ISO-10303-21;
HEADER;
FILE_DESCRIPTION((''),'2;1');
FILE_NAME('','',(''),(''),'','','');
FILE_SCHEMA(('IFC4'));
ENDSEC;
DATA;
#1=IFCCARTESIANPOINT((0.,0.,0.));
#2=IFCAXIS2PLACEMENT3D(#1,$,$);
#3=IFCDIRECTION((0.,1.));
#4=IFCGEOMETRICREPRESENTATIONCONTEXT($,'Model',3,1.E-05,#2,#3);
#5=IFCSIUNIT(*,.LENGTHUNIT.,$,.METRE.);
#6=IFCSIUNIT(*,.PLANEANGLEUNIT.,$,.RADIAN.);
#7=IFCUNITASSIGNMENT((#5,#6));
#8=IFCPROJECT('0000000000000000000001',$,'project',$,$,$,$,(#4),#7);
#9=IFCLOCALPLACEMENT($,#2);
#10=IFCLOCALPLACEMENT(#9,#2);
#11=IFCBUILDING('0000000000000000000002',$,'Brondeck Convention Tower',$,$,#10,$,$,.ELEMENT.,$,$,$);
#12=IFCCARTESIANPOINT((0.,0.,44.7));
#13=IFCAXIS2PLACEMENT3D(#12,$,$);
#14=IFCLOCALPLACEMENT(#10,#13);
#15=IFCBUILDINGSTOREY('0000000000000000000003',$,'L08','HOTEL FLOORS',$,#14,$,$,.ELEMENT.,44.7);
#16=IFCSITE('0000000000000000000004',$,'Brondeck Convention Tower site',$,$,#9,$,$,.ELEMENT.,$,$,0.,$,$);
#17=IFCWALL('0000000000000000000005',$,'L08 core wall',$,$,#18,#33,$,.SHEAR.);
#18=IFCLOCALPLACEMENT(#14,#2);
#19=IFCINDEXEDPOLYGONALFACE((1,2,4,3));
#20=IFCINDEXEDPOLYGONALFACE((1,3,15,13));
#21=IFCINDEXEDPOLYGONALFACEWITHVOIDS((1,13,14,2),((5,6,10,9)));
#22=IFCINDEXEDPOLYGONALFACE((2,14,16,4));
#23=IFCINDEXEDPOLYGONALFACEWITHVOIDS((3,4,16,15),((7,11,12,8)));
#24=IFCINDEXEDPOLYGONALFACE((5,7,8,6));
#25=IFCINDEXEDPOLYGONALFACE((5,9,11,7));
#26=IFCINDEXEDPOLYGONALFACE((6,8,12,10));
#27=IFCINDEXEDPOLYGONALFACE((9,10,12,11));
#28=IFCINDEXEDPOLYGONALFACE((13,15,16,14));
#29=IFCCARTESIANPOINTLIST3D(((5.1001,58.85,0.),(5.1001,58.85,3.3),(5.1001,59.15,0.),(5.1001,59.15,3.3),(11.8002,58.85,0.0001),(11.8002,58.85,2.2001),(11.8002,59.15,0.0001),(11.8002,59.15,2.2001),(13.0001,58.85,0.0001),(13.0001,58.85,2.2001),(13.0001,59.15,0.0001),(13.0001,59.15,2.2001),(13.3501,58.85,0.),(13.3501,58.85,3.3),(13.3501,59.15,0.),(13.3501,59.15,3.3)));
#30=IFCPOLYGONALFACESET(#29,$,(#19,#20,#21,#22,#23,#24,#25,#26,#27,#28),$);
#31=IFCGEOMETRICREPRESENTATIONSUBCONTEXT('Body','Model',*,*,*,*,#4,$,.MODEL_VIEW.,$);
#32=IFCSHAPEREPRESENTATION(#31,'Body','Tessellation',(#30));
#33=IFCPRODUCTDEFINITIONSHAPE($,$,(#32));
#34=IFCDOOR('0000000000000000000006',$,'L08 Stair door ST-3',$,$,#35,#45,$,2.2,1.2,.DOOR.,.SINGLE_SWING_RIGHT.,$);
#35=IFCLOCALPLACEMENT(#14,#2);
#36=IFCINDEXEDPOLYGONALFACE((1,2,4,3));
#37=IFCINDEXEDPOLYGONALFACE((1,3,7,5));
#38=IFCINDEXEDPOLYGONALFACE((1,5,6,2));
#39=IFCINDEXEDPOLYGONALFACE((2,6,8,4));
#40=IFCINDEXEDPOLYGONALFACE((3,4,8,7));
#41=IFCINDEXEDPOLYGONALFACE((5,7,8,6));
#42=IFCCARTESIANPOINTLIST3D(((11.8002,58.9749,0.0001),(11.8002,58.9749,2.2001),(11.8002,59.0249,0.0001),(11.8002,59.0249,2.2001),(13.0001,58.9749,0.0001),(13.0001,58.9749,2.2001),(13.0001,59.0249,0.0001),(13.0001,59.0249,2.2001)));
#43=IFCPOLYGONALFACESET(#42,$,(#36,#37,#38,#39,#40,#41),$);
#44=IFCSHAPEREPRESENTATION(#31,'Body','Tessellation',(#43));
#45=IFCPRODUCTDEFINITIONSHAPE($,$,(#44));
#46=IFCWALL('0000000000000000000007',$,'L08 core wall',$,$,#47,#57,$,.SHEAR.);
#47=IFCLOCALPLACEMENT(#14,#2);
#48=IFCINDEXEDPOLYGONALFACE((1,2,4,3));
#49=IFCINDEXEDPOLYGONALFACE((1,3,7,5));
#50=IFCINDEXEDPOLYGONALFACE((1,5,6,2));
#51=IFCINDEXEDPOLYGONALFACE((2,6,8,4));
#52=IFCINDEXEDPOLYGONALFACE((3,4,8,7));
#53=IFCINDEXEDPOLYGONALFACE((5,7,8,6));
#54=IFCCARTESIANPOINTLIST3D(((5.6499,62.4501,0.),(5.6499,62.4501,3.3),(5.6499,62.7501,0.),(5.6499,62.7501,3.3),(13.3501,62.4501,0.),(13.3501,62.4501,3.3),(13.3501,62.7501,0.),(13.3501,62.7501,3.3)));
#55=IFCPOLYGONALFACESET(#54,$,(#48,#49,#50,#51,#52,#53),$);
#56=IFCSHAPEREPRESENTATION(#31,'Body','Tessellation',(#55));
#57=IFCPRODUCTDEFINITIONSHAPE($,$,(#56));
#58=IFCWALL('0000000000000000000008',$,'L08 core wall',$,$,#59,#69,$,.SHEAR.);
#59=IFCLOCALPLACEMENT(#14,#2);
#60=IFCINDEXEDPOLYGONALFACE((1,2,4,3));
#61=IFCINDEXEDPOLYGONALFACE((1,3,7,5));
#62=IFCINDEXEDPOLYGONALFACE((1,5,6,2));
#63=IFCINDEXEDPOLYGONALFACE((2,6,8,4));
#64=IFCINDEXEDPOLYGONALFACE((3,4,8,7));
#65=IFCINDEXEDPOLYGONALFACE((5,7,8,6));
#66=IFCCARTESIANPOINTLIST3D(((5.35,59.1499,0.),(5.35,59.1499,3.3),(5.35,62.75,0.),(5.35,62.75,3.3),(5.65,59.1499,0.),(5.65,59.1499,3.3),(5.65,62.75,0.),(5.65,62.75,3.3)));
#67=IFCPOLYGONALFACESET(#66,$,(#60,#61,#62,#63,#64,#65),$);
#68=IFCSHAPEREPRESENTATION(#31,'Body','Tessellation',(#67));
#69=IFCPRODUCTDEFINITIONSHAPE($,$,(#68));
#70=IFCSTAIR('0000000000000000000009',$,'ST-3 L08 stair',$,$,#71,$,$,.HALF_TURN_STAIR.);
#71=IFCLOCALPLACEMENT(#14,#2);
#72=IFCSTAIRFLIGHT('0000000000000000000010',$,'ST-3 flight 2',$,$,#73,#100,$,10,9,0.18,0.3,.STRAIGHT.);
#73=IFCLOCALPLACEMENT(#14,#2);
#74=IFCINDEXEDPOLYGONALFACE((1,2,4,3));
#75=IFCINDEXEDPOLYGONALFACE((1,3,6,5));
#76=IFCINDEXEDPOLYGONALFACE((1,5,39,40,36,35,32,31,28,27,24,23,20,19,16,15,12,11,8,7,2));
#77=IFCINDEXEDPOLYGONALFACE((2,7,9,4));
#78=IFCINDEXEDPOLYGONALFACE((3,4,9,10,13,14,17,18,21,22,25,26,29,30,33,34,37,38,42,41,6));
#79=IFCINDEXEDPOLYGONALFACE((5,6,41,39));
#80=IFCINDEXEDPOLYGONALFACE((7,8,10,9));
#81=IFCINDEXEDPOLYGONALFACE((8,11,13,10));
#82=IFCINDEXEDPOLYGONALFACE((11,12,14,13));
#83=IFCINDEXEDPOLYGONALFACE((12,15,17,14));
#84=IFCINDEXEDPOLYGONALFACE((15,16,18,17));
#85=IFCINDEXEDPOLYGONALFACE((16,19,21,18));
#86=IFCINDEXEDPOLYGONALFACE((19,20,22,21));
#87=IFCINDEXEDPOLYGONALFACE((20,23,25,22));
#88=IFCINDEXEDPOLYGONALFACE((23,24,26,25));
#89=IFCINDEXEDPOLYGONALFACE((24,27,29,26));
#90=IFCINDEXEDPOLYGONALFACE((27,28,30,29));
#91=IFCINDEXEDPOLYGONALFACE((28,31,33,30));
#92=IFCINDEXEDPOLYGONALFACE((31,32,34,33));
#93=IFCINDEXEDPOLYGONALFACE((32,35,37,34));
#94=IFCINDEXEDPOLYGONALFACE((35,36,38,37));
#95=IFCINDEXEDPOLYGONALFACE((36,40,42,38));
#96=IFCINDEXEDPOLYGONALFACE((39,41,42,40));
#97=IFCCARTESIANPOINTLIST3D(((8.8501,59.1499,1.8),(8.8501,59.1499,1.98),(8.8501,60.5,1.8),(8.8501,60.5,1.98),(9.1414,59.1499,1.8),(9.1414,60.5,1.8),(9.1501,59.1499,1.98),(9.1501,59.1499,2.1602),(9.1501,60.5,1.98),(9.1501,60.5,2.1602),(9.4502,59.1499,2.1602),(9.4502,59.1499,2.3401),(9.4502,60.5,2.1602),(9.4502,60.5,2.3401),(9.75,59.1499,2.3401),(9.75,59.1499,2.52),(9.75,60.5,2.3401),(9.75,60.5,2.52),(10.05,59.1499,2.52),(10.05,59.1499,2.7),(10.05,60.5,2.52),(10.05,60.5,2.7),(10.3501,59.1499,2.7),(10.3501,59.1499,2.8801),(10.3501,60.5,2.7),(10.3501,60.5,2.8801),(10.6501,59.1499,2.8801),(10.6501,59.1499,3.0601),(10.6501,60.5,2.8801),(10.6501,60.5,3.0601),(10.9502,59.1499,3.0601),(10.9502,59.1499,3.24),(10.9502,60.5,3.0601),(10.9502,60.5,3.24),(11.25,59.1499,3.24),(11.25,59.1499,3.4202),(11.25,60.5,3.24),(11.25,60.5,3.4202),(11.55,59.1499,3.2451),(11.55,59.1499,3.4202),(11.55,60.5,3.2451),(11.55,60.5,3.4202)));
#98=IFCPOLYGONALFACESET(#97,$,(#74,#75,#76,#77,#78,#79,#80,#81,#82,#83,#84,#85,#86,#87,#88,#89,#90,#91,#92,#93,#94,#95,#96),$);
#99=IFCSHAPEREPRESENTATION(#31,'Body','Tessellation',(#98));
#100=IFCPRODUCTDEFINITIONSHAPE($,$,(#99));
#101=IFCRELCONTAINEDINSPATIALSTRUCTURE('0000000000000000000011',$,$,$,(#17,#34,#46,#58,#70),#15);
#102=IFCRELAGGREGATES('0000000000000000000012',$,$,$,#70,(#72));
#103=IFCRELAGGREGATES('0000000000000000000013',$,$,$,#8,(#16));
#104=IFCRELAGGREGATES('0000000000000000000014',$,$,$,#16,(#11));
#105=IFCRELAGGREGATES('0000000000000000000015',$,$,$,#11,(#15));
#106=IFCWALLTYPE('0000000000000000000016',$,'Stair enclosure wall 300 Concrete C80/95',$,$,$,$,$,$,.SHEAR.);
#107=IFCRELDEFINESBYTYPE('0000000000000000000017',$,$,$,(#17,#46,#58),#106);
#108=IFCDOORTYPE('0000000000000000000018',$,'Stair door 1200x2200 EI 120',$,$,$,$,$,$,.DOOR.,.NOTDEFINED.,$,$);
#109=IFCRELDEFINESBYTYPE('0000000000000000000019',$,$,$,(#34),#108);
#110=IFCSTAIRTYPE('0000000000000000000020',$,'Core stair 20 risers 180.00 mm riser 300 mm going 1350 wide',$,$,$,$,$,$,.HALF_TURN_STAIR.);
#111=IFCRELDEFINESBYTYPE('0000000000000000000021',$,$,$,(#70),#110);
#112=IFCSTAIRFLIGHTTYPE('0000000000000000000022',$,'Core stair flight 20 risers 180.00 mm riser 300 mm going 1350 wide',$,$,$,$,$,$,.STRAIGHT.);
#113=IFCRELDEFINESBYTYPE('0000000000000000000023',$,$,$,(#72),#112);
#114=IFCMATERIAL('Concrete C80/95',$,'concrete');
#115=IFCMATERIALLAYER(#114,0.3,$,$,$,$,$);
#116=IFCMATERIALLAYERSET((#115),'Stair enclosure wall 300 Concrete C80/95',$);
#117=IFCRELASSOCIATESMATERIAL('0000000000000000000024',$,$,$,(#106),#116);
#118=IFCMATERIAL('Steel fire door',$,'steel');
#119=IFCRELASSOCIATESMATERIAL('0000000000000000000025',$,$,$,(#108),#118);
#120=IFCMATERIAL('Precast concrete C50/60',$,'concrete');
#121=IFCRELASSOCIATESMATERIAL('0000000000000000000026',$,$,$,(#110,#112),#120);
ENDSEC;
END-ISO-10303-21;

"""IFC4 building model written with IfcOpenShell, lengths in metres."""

from ifc_helpers import new_model, si_unit, direction, frame, frame_2d, origin, place, context, subcontext, project, spatial, polyline, rectangle, outline, extrude, material, layer, layer_set, type_object, element, fill, aggregate, save


model = new_model("IFC4")

# Units and contexts
model_context = context("Model", 3, precision=1e-05, world=origin(), true_north=direction((0.0, 1.0)))
body_context = subcontext(model_context, "Body", "Model", "MODEL_VIEW")
ifc_project = project(units=[si_unit("LENGTHUNIT", "METRE"), si_unit("PLANEANGLEUNIT", "RADIAN")], contexts=[model_context])

# Site, building, storey
site_placement = place(None, origin())
site = spatial("IfcSite", under=ifc_project, at=site_placement, Name="Brondeck Convention Tower site", CompositionType="ELEMENT", RefElevation=0.0)
building_placement = place(site_placement, origin())
building = spatial("IfcBuilding", under=site, at=building_placement, Name="Brondeck Convention Tower", CompositionType="ELEMENT")
storey_placement = place(building_placement, frame((0.0, 0.0, 44.7)))
storey = spatial("IfcBuildingStorey", under=building, at=storey_placement, Name="L08", Description="HOTEL FLOORS", CompositionType="ELEMENT", Elevation=44.7)

# Shared definitions
ifc_material_1 = material(Name="Concrete C80/95", Category="concrete")

# Shared definitions
ifc_material_2 = material(Name="Steel fire door", Category="steel")

# Wall, opening, door
ifc_layer_1 = layer(ifc_material_1, 0.3)
ifc_layer_set_1 = layer_set([ifc_layer_1], Name="Stair enclosure wall 300 Concrete C80/95")
wall_type_1 = type_object("IfcWallType", Name="Stair enclosure wall 300 Concrete C80/95", PredefinedType="SHEAR", material=ifc_layer_set_1)
wall_1_placement = place(storey_placement, frame((5.1001, 59.0, 0.0), z_axis=(0.0, 0.0, 1.0), x_axis=(1.0, 0.0, 0.0)))
wall_1 = element("IfcWall", 1, at=wall_1_placement, inside=storey, type_object=wall_type_1, Name="L08 core wall", PredefinedType="SHEAR", context=body_context, shape_type="SweptSolid", body=[
    extrude(rectangle(XDim=8.25, YDim=0.3, at=frame_2d((4.125, 0.0))), origin(), (0.0, 0.0, 1.0), 3.3),
])
opening_1_placement = place(wall_1_placement, frame((6.7, 0.0, 0.0)))
opening_1 = element("IfcOpeningElement", 2, at=opening_1_placement, cuts=wall_1, PredefinedType="OPENING", context=body_context, shape_type="SweptSolid", body=[
    extrude(rectangle(XDim=1.2, YDim=2.2, at=frame_2d((0.6001, 1.1001))), frame((0.0, 0.1599, 0.0), z_axis=(0.0, -1.0, 0.0), x_axis=(1.0, 0.0, 0.0)), (0.0, 0.0, 1.0), 0.3201),
])
door_type_1 = type_object("IfcDoorType", Name="Stair door 1200x2200 EI 120", OperationType="NOTDEFINED", PredefinedType="DOOR", material=ifc_material_2)
door_1_placement = place(opening_1_placement, origin())
door_1 = element("IfcDoor", 3, at=door_1_placement, inside=storey, type_object=door_type_1, Name="L08 Stair door ST-3", OperationType="SINGLE_SWING_RIGHT", OverallHeight=2.2, OverallWidth=1.2, PredefinedType="DOOR", context=body_context, shape_type="SweptSolid", body=[
    extrude(rectangle(XDim=1.2, YDim=2.2, at=frame_2d((0.6001, 1.1001))), frame((0.0, 0.0249, 0.0), z_axis=(0.0, -1.0, 0.0), x_axis=(1.0, 0.0, 0.0)), (0.0, 0.0, 1.0), 0.05),
])
fill(opening_1, door_1)

# Walls
wall_2_placement = place(storey_placement, frame((5.6499, 62.6001, 0.0), z_axis=(0.0, 0.0, 1.0), x_axis=(1.0, 0.0, 0.0)))
element("IfcWall", 4, at=wall_2_placement, inside=storey, type_object=wall_type_1, Name="L08 core wall", PredefinedType="SHEAR", context=body_context, shape_type="SweptSolid", body=[
    extrude(rectangle(XDim=7.7002, YDim=0.3, at=frame_2d((3.8501, 0.0))), origin(), (0.0, 0.0, 1.0), 3.3),
])
wall_3_placement = place(storey_placement, frame((5.5, 59.1499, 0.0), z_axis=(0.0, 0.0, 1.0), x_axis=(0.0, 1.0, 0.0)))
element("IfcWall", 5, at=wall_3_placement, inside=storey, type_object=wall_type_1, Name="L08 core wall", PredefinedType="SHEAR", context=body_context, shape_type="SweptSolid", body=[
    extrude(rectangle(XDim=3.6001, YDim=0.3, at=frame_2d((1.8, 0.0))), origin(), (0.0, 0.0, 1.0), 3.3),
])

# Stair, stair flight
ifc_material_3 = material(Name="Precast concrete C50/60", Category="concrete")
stair_type = type_object("IfcStairType", Name="Core stair 20 risers 180.00 mm riser 300 mm going 1350 wide", PredefinedType="HALF_TURN_STAIR", material=ifc_material_3)
stair_placement = place(storey_placement, origin())
stair = element("IfcStair", 6, at=stair_placement, inside=storey, type_object=stair_type, Name="ST-3 L08 stair", PredefinedType="HALF_TURN_STAIR")
stair_flight_type = type_object("IfcStairFlightType", Name="Core stair flight 20 risers 180.00 mm riser 300 mm going 1350 wide", PredefinedType="STRAIGHT", material=ifc_material_3)
stair_flight_placement = place(storey_placement, frame((8.8501, 59.825, 1.8), z_axis=(0.0, 0.0, 1.0), x_axis=(1.0, 0.0, 0.0)))
stair_flight = element("IfcStairFlight", 7, at=stair_flight_placement, type_object=stair_flight_type, Name="ST-3 flight 2", NumberOfRisers=10, NumberOfTreads=9, PredefinedType="STRAIGHT", RiserHeight=0.18, TreadLength=0.3, context=body_context, shape_type="SweptSolid", body=[
    extrude(outline(polyline([(0.0, 0.0), (0.0, 0.1799), (0.3, 0.1799), (0.3, 0.3601), (0.6001, 0.3601), (0.6001, 0.54), (0.8999, 0.54), (0.8999, 0.72), (1.2, 0.72), (1.2, 0.8999), (1.5, 0.8999), (1.5, 1.0801), (1.8, 1.0801), (1.8, 1.26), (2.1001, 1.26), (2.1001, 1.4399), (2.3999, 1.4399), (2.3999, 1.6201), (2.7, 1.6201), (2.7, 1.8), (2.7, 1.4451), (0.2913, 0.0), (0.0, 0.0)])), frame((0.0, 0.675, 0.0), z_axis=(0.0, -1.0, 0.0), x_axis=(1.0, 0.0, 0.0)), (0.0, 0.0, 1.0), 1.3501),
])
aggregate(stair, [stair_flight])

save(model, "model.ifc")
